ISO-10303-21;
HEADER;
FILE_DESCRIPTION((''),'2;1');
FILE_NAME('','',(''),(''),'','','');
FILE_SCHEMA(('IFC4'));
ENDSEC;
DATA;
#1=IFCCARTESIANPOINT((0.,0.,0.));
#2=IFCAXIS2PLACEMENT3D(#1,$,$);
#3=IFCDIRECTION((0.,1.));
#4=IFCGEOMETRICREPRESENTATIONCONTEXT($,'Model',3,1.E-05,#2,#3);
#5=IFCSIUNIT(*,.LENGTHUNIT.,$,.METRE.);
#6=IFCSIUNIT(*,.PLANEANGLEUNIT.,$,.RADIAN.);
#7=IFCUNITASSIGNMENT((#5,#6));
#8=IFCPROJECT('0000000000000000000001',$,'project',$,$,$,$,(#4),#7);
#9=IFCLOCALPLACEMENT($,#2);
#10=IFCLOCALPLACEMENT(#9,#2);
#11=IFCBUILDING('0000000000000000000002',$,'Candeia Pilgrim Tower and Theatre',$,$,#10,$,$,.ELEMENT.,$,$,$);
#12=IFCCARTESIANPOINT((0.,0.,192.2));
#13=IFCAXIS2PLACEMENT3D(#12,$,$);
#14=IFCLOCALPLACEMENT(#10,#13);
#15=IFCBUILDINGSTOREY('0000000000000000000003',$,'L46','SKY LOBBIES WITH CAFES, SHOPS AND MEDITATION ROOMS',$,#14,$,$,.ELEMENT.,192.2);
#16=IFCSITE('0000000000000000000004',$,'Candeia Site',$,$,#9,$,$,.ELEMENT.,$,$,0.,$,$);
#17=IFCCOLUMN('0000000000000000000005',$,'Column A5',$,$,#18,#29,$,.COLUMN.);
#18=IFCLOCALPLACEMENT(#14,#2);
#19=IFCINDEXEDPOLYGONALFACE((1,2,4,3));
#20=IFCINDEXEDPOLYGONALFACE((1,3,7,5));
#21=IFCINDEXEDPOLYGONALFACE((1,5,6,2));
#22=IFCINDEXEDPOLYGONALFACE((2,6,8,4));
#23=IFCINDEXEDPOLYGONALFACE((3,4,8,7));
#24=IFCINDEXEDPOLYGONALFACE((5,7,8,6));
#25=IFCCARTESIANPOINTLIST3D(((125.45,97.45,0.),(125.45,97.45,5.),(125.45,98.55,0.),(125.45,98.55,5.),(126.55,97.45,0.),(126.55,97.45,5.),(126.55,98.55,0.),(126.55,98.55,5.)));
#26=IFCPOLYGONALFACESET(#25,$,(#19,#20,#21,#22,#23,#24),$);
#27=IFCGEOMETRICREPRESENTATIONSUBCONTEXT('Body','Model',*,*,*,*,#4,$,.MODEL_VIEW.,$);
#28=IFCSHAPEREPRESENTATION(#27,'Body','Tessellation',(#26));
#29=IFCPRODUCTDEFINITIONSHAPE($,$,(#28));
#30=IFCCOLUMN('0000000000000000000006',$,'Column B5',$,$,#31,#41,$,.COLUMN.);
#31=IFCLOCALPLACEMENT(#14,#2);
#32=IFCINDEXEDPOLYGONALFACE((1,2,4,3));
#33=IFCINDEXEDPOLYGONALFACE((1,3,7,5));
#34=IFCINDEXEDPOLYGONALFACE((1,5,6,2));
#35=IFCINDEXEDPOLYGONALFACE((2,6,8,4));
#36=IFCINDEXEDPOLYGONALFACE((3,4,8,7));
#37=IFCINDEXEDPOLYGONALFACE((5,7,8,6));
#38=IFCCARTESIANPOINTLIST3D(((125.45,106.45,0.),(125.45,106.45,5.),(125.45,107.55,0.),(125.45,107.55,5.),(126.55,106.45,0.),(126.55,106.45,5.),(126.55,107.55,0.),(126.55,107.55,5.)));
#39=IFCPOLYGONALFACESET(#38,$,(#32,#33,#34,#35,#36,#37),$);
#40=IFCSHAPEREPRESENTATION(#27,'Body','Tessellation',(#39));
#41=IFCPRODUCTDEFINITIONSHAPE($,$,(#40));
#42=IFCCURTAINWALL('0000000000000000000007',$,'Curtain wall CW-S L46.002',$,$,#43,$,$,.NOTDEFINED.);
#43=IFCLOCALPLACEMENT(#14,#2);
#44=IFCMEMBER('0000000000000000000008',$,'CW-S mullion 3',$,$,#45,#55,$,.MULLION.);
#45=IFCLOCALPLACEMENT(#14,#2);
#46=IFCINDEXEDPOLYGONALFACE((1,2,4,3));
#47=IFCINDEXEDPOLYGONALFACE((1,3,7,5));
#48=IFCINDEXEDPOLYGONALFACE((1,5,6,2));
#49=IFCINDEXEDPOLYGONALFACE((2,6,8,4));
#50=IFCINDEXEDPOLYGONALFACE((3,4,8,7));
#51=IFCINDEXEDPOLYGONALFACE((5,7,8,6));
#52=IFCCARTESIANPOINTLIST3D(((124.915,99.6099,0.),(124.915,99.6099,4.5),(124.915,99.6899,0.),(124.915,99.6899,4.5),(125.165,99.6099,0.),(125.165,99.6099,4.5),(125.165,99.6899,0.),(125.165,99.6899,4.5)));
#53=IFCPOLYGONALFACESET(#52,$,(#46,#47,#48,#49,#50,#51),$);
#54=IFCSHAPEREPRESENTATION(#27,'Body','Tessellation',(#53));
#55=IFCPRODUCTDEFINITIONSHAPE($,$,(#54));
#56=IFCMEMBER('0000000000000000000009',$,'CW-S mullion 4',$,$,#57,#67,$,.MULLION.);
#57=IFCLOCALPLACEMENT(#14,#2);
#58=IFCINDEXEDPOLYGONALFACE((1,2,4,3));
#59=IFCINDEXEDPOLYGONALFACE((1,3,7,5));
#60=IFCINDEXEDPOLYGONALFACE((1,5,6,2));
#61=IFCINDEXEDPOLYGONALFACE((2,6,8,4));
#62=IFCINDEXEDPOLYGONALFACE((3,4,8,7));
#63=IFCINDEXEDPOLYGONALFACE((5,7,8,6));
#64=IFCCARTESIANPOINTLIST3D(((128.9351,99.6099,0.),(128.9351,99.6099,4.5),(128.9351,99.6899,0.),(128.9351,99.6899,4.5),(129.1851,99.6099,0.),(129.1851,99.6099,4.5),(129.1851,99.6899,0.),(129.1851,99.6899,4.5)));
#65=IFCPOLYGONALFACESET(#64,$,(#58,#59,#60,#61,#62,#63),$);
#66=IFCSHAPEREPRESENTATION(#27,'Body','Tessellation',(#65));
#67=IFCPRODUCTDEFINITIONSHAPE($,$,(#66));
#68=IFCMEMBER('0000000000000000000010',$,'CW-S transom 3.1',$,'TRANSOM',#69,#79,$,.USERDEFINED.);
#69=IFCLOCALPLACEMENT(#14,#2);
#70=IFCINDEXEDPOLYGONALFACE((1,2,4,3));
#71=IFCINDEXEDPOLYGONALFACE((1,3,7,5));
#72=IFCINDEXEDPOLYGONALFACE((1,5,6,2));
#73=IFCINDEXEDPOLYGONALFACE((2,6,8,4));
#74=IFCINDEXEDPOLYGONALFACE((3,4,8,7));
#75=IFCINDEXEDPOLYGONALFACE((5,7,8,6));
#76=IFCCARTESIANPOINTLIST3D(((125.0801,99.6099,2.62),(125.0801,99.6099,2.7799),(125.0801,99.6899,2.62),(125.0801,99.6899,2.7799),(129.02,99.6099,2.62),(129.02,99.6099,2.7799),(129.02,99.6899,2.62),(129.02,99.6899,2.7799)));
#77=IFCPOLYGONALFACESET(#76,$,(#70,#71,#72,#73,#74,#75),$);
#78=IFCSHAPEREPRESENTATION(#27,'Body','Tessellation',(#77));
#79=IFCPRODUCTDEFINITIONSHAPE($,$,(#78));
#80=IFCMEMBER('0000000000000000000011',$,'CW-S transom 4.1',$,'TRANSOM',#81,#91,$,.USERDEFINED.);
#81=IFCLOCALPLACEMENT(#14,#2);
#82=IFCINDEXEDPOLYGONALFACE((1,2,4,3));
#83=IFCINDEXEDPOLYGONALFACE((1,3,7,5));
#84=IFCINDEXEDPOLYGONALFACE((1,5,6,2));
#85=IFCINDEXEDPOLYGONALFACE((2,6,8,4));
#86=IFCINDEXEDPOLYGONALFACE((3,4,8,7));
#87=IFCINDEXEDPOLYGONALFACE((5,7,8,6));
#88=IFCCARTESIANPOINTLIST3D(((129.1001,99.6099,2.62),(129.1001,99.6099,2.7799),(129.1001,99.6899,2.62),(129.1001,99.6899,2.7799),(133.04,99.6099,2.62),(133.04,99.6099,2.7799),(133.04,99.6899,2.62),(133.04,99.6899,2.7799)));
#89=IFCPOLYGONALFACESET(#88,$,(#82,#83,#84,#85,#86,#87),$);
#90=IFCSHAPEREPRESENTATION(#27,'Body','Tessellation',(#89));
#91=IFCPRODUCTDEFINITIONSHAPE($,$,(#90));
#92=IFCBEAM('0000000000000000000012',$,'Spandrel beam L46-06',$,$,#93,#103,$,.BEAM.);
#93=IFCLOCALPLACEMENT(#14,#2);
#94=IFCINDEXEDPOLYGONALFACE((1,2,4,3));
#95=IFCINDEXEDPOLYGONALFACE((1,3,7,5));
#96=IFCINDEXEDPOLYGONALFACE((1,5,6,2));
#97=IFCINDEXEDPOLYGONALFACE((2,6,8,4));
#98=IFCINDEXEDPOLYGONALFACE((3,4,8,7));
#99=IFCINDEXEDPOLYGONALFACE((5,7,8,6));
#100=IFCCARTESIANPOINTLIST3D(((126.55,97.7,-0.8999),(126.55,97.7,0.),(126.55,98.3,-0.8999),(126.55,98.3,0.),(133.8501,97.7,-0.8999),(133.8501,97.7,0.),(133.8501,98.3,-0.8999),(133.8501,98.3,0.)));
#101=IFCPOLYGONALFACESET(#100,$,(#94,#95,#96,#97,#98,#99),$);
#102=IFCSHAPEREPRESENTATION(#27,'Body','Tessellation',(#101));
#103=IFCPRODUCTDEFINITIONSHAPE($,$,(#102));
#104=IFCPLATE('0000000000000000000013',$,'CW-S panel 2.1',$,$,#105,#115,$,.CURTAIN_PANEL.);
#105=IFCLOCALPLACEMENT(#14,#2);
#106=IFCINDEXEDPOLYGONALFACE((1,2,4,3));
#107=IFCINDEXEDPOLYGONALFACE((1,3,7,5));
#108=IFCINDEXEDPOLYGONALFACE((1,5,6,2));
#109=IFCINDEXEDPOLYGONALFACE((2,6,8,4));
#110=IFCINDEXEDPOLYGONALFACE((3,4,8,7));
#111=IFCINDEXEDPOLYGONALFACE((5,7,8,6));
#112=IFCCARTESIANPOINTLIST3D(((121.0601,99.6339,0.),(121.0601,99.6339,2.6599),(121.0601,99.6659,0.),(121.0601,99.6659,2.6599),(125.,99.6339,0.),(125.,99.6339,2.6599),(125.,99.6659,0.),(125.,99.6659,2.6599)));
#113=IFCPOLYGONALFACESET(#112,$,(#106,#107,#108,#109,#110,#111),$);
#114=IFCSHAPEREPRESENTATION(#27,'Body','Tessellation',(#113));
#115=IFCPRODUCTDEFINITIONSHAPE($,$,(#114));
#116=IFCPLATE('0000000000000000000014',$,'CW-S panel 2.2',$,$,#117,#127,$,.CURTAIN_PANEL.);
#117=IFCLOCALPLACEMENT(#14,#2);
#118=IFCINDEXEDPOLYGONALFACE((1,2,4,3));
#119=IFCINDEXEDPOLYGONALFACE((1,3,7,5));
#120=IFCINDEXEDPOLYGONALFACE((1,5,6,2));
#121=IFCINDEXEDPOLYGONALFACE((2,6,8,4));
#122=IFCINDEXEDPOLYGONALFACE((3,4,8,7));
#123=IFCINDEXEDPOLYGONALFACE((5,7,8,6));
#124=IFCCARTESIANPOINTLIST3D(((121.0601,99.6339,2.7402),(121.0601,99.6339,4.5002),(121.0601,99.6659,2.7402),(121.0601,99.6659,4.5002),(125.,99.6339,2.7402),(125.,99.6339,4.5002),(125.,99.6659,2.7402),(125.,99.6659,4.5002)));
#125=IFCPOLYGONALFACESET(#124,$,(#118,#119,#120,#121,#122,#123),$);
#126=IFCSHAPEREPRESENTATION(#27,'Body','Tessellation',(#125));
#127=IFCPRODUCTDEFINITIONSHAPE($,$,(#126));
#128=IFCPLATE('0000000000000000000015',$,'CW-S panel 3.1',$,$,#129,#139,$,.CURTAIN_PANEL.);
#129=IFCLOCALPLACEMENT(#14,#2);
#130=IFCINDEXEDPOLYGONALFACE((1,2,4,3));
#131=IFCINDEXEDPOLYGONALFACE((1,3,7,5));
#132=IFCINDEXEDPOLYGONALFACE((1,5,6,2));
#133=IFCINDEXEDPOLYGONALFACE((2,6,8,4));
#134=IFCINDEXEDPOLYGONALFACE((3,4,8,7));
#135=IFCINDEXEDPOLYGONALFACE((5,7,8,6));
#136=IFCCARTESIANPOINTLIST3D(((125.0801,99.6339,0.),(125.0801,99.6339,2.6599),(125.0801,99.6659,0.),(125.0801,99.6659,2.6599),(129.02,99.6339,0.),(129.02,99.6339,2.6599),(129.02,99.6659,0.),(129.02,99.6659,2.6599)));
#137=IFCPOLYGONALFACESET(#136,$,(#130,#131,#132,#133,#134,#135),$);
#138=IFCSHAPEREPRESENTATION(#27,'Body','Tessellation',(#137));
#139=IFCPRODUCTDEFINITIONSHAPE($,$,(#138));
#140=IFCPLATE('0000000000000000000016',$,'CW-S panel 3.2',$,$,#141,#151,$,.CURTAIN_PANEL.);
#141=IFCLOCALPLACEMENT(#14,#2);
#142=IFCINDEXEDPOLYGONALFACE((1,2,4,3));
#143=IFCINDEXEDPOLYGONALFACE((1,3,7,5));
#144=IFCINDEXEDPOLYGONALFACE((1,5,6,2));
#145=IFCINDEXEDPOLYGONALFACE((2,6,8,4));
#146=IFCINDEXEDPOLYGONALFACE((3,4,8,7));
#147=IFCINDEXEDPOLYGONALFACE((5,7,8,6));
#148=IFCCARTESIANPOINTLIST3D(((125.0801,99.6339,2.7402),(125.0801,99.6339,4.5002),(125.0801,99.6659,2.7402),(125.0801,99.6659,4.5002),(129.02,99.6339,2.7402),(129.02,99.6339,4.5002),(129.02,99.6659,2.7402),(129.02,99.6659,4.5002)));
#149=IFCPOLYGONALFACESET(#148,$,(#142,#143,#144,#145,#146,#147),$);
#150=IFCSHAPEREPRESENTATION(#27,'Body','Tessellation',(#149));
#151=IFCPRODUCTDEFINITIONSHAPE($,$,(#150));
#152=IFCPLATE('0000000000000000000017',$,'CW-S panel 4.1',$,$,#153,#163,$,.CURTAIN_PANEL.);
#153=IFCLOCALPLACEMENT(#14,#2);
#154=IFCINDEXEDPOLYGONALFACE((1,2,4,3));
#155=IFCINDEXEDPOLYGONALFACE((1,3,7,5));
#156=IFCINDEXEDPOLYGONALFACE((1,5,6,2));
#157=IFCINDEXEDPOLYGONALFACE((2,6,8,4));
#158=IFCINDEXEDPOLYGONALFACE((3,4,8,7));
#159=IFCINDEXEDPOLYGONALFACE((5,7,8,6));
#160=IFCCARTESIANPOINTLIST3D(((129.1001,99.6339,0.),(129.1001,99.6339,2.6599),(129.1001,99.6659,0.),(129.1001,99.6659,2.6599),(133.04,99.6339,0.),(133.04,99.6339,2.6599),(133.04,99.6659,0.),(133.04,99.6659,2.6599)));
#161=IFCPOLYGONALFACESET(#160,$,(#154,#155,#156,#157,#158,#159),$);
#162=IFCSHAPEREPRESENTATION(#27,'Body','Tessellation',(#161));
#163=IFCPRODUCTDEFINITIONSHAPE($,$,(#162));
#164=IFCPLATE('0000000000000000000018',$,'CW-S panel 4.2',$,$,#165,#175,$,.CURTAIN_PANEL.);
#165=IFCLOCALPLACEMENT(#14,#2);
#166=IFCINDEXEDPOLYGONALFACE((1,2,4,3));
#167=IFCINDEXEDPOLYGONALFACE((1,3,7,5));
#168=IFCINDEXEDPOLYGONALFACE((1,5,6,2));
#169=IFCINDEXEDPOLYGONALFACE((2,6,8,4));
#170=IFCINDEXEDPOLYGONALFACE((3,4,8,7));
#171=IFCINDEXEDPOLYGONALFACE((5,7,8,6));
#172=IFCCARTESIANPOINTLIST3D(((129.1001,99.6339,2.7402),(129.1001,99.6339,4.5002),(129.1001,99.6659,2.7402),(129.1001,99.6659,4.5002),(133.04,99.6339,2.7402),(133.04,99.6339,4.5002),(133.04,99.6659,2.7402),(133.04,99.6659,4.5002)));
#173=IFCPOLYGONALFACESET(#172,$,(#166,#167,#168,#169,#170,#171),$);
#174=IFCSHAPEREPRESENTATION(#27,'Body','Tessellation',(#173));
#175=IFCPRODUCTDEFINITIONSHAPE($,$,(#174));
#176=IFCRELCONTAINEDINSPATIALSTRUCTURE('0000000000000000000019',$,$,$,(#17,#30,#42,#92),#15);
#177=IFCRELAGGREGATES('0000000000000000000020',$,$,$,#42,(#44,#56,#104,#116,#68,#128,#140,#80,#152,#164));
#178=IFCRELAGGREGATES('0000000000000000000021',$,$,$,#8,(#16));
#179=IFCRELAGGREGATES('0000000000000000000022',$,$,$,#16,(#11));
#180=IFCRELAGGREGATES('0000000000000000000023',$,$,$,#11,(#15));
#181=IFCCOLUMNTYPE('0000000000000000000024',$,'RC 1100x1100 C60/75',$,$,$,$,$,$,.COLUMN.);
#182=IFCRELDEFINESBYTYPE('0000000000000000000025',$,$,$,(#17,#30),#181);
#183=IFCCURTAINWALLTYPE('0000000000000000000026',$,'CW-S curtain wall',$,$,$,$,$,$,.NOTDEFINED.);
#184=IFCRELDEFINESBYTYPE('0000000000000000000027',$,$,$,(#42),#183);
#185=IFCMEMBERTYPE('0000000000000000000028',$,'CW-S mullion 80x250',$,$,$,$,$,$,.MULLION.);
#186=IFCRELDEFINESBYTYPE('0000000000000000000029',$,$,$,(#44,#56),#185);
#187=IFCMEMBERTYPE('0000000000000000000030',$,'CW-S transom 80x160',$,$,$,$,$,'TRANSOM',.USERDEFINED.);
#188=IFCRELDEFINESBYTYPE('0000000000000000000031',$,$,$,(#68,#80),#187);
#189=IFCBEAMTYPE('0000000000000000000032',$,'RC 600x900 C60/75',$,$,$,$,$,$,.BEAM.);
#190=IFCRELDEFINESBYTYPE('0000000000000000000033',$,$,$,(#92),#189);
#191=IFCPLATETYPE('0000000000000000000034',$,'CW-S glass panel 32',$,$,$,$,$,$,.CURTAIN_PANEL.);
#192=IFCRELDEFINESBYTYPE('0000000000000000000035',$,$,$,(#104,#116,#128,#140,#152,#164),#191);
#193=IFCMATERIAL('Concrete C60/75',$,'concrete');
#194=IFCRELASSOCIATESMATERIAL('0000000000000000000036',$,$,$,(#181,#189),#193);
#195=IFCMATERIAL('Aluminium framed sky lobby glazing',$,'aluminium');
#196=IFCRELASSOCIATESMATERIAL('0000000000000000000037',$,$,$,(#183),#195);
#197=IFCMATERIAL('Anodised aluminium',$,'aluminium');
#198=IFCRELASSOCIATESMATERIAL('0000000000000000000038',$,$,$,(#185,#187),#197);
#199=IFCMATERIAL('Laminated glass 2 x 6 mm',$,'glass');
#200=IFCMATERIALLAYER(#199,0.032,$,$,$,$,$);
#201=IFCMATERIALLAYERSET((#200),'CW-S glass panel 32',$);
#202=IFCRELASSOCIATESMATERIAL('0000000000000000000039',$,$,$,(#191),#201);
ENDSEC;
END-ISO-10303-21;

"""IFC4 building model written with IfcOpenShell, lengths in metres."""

from ifc_helpers import new_model, si_unit, direction, frame, origin, origin_2d, place, context, subcontext, project, spatial, rectangle, extrude, material, layer, layer_set, material_profile, profile_set, type_object, element, aggregate, save


model = new_model("IFC4")

# Units and contexts
model_context = context("Model", 3, precision=1e-05, world=origin(), true_north=direction((0.0, 1.0)))
body_context = subcontext(model_context, "Body", "Model", "MODEL_VIEW")
ifc_project = project(units=[si_unit("LENGTHUNIT", "METRE"), si_unit("PLANEANGLEUNIT", "RADIAN")], contexts=[model_context])

# Site, building, storey
site_placement = place(None, origin())
site = spatial("IfcSite", under=ifc_project, at=site_placement, Name="Candeia Site", CompositionType="ELEMENT", RefElevation=0.0)
building_placement = place(site_placement, origin())
building = spatial("IfcBuilding", under=site, at=building_placement, Name="Candeia Pilgrim Tower and Theatre", CompositionType="ELEMENT")
storey_placement = place(building_placement, frame((0.0, 0.0, 192.2)))
storey = spatial("IfcBuildingStorey", under=building, at=storey_placement, Name="L46", Description="SKY LOBBIES WITH CAFES, SHOPS AND MEDITATION ROOMS", CompositionType="ELEMENT", Elevation=192.2)

# Columns
ifc_material_1 = material(Name="Concrete C60/75", Category="concrete")
ifc_material_profile_1 = material_profile(ifc_material_1, rectangle(XDim=1.1001, YDim=1.1001, at=origin_2d()))
ifc_profile_set_1 = profile_set([ifc_material_profile_1], Name="Concrete C60/75")
column_type = type_object("IfcColumnType", Name="RC 1100x1100 C60/75", PredefinedType="COLUMN", material=ifc_profile_set_1)
for number, where, z_axis, x_axis, name in (
    (1, (126.0, 98.0, 0.0), (0.0, 0.0, 1.0), (1.0, 0.0, 0.0), "Column A5"),
    (2, (126.0, 107.0, 0.0), (0.0, 0.0, 1.0), (1.0, 0.0, 0.0), "Column B5"),
):
    element("IfcColumn", number, at=place(storey_placement, frame(where, z_axis=z_axis, x_axis=x_axis)), inside=storey, type_object=column_type, Name=name, PredefinedType="COLUMN", context=body_context, shape_type="SweptSolid", body=[
        extrude(rectangle(XDim=1.1001, YDim=1.1001, at=origin_2d()), origin(), (0.0, 0.0, 1.0), 5.0),
    ])

# Curtain wall, members
ifc_material_2 = material(Name="Aluminium framed sky lobby glazing", Category="aluminium")
curtain_wall_type = type_object("IfcCurtainWallType", Name="CW-S curtain wall", PredefinedType="NOTDEFINED", material=ifc_material_2)
curtain_wall_placement = place(storey_placement, origin())
curtain_wall = element("IfcCurtainWall", 3, at=curtain_wall_placement, inside=storey, type_object=curtain_wall_type, Name="Curtain wall CW-S L46.002", PredefinedType="NOTDEFINED")
ifc_material_3 = material(Name="Anodised aluminium", Category="aluminium")
ifc_material_profile_2 = material_profile(ifc_material_3, rectangle(XDim=0.0801, YDim=0.25, at=origin_2d()))
ifc_profile_set_2 = profile_set([ifc_material_profile_2], Name="Anodised aluminium")
member_type_1 = type_object("IfcMemberType", Name="CW-S mullion 80x250", PredefinedType="MULLION", material=ifc_profile_set_2)
member_1_placement = place(storey_placement, frame((125.04, 99.6499, 0.0), z_axis=(0.0, 0.0, 1.0), x_axis=(0.0, 1.0, 0.0)))
member_1 = element("IfcMember", 4, at=member_1_placement, type_object=member_type_1, Name="CW-S mullion 3", PredefinedType="MULLION", context=body_context, shape_type="SweptSolid", body=[
    extrude(rectangle(XDim=0.0801, YDim=0.25, at=origin_2d()), origin(), (0.0, 0.0, 1.0), 4.5),
])
member_2_placement = place(storey_placement, frame((129.0601, 99.6499, 0.0), z_axis=(0.0, 0.0, 1.0), x_axis=(0.0, 1.0, 0.0)))
member_2 = element("IfcMember", 5, at=member_2_placement, type_object=member_type_1, Name="CW-S mullion 4", PredefinedType="MULLION", context=body_context, shape_type="SweptSolid", body=[
    extrude(rectangle(XDim=0.0801, YDim=0.25, at=origin_2d()), origin(), (0.0, 0.0, 1.0), 4.5),
])
ifc_material_profile_3 = material_profile(ifc_material_3, rectangle(XDim=0.0801, YDim=0.1599, at=origin_2d()))
ifc_profile_set_3 = profile_set([ifc_material_profile_3], Name="Anodised aluminium")
member_type_2 = type_object("IfcMemberType", Name="CW-S transom 80x160", ElementType="TRANSOM", PredefinedType="USERDEFINED", material=ifc_profile_set_3)
member_3_placement = place(storey_placement, frame((125.0801, 99.6499, 2.7), z_axis=(1.0, 0.0, 0.0), x_axis=(0.0, 1.0, 0.0)))
member_3 = element("IfcMember", 6, at=member_3_placement, type_object=member_type_2, Name="CW-S transom 3.1", ObjectType="TRANSOM", PredefinedType="USERDEFINED", context=body_context, shape_type="SweptSolid", body=[
    extrude(rectangle(XDim=0.0801, YDim=0.1599, at=origin_2d()), origin(), (0.0, 0.0, 1.0), 3.9399),
])
member_4_placement = place(storey_placement, frame((129.1001, 99.6499, 2.7), z_axis=(1.0, 0.0, 0.0), x_axis=(0.0, 1.0, 0.0)))
member_4 = element("IfcMember", 7, at=member_4_placement, type_object=member_type_2, Name="CW-S transom 4.1", ObjectType="TRANSOM", PredefinedType="USERDEFINED", context=body_context, shape_type="SweptSolid", body=[
    extrude(rectangle(XDim=0.0801, YDim=0.1599, at=origin_2d()), origin(), (0.0, 0.0, 1.0), 3.9399),
])

# Beam
ifc_material_profile_4 = material_profile(ifc_material_1, rectangle(XDim=0.6001, YDim=0.8999, at=origin_2d()))
ifc_profile_set_4 = profile_set([ifc_material_profile_4], Name="Concrete C60/75")
beam_type = type_object("IfcBeamType", Name="RC 600x900 C60/75", PredefinedType="BEAM", material=ifc_profile_set_4)
beam_placement = place(storey_placement, frame((126.55, 98.0, -0.45), z_axis=(1.0, 0.0, 0.0), x_axis=(0.0, 1.0, 0.0)))
element("IfcBeam", 8, at=beam_placement, inside=storey, type_object=beam_type, Name="Spandrel beam L46-06", PredefinedType="BEAM", context=body_context, shape_type="SweptSolid", body=[
    extrude(rectangle(XDim=0.6001, YDim=0.8999, at=origin_2d()), origin(), (0.0, 0.0, 1.0), 7.3),
])

# Plates
ifc_material_4 = material(Name="Laminated glass 2 x 6 mm", Category="glass")
ifc_layer_1 = layer(ifc_material_4, 0.032)
ifc_layer_set_1 = layer_set([ifc_layer_1], Name="CW-S glass panel 32")
plate_type = type_object("IfcPlateType", Name="CW-S glass panel 32", PredefinedType="CURTAIN_PANEL", material=ifc_layer_set_1)
plate_1_placement = place(storey_placement, frame((123.03, 99.6499, 0.0), z_axis=(0.0, 0.0, 1.0), x_axis=(1.0, 0.0, 0.0)))
plate_1 = element("IfcPlate", 9, at=plate_1_placement, type_object=plate_type, Name="CW-S panel 2.1", PredefinedType="CURTAIN_PANEL", context=body_context, shape_type="SweptSolid", body=[
    extrude(rectangle(XDim=3.9399, YDim=0.032, at=origin_2d()), origin(), (0.0, 0.0, 1.0), 2.6599),
])
plate_2_placement = place(storey_placement, frame((123.03, 99.6499, 2.7402), z_axis=(0.0, 0.0, 1.0), x_axis=(1.0, 0.0, 0.0)))
plate_2 = element("IfcPlate", 10, at=plate_2_placement, type_object=plate_type, Name="CW-S panel 2.2", PredefinedType="CURTAIN_PANEL", context=body_context, shape_type="SweptSolid", body=[
    extrude(rectangle(XDim=3.9399, YDim=0.032, at=origin_2d()), origin(), (0.0, 0.0, 1.0), 1.76),
])
plate_3_placement = place(storey_placement, frame((127.05, 99.6499, 0.0), z_axis=(0.0, 0.0, 1.0), x_axis=(1.0, 0.0, 0.0)))
plate_3 = element("IfcPlate", 11, at=plate_3_placement, type_object=plate_type, Name="CW-S panel 3.1", PredefinedType="CURTAIN_PANEL", context=body_context, shape_type="SweptSolid", body=[
    extrude(rectangle(XDim=3.9399, YDim=0.032, at=origin_2d()), origin(), (0.0, 0.0, 1.0), 2.6599),
])
plate_4_placement = place(storey_placement, frame((127.05, 99.6499, 2.7402), z_axis=(0.0, 0.0, 1.0), x_axis=(1.0, 0.0, 0.0)))
plate_4 = element("IfcPlate", 12, at=plate_4_placement, type_object=plate_type, Name="CW-S panel 3.2", PredefinedType="CURTAIN_PANEL", context=body_context, shape_type="SweptSolid", body=[
    extrude(rectangle(XDim=3.9399, YDim=0.032, at=origin_2d()), origin(), (0.0, 0.0, 1.0), 1.76),
])
plate_5_placement = place(storey_placement, frame((131.0701, 99.6499, 0.0), z_axis=(0.0, 0.0, 1.0), x_axis=(1.0, 0.0, 0.0)))
plate_5 = element("IfcPlate", 13, at=plate_5_placement, type_object=plate_type, Name="CW-S panel 4.1", PredefinedType="CURTAIN_PANEL", context=body_context, shape_type="SweptSolid", body=[
    extrude(rectangle(XDim=3.9399, YDim=0.032, at=origin_2d()), origin(), (0.0, 0.0, 1.0), 2.6599),
])
plate_6_placement = place(storey_placement, frame((131.0701, 99.6499, 2.7402), z_axis=(0.0, 0.0, 1.0), x_axis=(1.0, 0.0, 0.0)))
plate_6 = element("IfcPlate", 14, at=plate_6_placement, type_object=plate_type, Name="CW-S panel 4.2", PredefinedType="CURTAIN_PANEL", context=body_context, shape_type="SweptSolid", body=[
    extrude(rectangle(XDim=3.9399, YDim=0.032, at=origin_2d()), origin(), (0.0, 0.0, 1.0), 1.76),
])
aggregate(curtain_wall, [member_1, member_2, plate_1, plate_2, member_3, plate_3, plate_4, member_4, plate_5, plate_6])

save(model, "model.ifc")
